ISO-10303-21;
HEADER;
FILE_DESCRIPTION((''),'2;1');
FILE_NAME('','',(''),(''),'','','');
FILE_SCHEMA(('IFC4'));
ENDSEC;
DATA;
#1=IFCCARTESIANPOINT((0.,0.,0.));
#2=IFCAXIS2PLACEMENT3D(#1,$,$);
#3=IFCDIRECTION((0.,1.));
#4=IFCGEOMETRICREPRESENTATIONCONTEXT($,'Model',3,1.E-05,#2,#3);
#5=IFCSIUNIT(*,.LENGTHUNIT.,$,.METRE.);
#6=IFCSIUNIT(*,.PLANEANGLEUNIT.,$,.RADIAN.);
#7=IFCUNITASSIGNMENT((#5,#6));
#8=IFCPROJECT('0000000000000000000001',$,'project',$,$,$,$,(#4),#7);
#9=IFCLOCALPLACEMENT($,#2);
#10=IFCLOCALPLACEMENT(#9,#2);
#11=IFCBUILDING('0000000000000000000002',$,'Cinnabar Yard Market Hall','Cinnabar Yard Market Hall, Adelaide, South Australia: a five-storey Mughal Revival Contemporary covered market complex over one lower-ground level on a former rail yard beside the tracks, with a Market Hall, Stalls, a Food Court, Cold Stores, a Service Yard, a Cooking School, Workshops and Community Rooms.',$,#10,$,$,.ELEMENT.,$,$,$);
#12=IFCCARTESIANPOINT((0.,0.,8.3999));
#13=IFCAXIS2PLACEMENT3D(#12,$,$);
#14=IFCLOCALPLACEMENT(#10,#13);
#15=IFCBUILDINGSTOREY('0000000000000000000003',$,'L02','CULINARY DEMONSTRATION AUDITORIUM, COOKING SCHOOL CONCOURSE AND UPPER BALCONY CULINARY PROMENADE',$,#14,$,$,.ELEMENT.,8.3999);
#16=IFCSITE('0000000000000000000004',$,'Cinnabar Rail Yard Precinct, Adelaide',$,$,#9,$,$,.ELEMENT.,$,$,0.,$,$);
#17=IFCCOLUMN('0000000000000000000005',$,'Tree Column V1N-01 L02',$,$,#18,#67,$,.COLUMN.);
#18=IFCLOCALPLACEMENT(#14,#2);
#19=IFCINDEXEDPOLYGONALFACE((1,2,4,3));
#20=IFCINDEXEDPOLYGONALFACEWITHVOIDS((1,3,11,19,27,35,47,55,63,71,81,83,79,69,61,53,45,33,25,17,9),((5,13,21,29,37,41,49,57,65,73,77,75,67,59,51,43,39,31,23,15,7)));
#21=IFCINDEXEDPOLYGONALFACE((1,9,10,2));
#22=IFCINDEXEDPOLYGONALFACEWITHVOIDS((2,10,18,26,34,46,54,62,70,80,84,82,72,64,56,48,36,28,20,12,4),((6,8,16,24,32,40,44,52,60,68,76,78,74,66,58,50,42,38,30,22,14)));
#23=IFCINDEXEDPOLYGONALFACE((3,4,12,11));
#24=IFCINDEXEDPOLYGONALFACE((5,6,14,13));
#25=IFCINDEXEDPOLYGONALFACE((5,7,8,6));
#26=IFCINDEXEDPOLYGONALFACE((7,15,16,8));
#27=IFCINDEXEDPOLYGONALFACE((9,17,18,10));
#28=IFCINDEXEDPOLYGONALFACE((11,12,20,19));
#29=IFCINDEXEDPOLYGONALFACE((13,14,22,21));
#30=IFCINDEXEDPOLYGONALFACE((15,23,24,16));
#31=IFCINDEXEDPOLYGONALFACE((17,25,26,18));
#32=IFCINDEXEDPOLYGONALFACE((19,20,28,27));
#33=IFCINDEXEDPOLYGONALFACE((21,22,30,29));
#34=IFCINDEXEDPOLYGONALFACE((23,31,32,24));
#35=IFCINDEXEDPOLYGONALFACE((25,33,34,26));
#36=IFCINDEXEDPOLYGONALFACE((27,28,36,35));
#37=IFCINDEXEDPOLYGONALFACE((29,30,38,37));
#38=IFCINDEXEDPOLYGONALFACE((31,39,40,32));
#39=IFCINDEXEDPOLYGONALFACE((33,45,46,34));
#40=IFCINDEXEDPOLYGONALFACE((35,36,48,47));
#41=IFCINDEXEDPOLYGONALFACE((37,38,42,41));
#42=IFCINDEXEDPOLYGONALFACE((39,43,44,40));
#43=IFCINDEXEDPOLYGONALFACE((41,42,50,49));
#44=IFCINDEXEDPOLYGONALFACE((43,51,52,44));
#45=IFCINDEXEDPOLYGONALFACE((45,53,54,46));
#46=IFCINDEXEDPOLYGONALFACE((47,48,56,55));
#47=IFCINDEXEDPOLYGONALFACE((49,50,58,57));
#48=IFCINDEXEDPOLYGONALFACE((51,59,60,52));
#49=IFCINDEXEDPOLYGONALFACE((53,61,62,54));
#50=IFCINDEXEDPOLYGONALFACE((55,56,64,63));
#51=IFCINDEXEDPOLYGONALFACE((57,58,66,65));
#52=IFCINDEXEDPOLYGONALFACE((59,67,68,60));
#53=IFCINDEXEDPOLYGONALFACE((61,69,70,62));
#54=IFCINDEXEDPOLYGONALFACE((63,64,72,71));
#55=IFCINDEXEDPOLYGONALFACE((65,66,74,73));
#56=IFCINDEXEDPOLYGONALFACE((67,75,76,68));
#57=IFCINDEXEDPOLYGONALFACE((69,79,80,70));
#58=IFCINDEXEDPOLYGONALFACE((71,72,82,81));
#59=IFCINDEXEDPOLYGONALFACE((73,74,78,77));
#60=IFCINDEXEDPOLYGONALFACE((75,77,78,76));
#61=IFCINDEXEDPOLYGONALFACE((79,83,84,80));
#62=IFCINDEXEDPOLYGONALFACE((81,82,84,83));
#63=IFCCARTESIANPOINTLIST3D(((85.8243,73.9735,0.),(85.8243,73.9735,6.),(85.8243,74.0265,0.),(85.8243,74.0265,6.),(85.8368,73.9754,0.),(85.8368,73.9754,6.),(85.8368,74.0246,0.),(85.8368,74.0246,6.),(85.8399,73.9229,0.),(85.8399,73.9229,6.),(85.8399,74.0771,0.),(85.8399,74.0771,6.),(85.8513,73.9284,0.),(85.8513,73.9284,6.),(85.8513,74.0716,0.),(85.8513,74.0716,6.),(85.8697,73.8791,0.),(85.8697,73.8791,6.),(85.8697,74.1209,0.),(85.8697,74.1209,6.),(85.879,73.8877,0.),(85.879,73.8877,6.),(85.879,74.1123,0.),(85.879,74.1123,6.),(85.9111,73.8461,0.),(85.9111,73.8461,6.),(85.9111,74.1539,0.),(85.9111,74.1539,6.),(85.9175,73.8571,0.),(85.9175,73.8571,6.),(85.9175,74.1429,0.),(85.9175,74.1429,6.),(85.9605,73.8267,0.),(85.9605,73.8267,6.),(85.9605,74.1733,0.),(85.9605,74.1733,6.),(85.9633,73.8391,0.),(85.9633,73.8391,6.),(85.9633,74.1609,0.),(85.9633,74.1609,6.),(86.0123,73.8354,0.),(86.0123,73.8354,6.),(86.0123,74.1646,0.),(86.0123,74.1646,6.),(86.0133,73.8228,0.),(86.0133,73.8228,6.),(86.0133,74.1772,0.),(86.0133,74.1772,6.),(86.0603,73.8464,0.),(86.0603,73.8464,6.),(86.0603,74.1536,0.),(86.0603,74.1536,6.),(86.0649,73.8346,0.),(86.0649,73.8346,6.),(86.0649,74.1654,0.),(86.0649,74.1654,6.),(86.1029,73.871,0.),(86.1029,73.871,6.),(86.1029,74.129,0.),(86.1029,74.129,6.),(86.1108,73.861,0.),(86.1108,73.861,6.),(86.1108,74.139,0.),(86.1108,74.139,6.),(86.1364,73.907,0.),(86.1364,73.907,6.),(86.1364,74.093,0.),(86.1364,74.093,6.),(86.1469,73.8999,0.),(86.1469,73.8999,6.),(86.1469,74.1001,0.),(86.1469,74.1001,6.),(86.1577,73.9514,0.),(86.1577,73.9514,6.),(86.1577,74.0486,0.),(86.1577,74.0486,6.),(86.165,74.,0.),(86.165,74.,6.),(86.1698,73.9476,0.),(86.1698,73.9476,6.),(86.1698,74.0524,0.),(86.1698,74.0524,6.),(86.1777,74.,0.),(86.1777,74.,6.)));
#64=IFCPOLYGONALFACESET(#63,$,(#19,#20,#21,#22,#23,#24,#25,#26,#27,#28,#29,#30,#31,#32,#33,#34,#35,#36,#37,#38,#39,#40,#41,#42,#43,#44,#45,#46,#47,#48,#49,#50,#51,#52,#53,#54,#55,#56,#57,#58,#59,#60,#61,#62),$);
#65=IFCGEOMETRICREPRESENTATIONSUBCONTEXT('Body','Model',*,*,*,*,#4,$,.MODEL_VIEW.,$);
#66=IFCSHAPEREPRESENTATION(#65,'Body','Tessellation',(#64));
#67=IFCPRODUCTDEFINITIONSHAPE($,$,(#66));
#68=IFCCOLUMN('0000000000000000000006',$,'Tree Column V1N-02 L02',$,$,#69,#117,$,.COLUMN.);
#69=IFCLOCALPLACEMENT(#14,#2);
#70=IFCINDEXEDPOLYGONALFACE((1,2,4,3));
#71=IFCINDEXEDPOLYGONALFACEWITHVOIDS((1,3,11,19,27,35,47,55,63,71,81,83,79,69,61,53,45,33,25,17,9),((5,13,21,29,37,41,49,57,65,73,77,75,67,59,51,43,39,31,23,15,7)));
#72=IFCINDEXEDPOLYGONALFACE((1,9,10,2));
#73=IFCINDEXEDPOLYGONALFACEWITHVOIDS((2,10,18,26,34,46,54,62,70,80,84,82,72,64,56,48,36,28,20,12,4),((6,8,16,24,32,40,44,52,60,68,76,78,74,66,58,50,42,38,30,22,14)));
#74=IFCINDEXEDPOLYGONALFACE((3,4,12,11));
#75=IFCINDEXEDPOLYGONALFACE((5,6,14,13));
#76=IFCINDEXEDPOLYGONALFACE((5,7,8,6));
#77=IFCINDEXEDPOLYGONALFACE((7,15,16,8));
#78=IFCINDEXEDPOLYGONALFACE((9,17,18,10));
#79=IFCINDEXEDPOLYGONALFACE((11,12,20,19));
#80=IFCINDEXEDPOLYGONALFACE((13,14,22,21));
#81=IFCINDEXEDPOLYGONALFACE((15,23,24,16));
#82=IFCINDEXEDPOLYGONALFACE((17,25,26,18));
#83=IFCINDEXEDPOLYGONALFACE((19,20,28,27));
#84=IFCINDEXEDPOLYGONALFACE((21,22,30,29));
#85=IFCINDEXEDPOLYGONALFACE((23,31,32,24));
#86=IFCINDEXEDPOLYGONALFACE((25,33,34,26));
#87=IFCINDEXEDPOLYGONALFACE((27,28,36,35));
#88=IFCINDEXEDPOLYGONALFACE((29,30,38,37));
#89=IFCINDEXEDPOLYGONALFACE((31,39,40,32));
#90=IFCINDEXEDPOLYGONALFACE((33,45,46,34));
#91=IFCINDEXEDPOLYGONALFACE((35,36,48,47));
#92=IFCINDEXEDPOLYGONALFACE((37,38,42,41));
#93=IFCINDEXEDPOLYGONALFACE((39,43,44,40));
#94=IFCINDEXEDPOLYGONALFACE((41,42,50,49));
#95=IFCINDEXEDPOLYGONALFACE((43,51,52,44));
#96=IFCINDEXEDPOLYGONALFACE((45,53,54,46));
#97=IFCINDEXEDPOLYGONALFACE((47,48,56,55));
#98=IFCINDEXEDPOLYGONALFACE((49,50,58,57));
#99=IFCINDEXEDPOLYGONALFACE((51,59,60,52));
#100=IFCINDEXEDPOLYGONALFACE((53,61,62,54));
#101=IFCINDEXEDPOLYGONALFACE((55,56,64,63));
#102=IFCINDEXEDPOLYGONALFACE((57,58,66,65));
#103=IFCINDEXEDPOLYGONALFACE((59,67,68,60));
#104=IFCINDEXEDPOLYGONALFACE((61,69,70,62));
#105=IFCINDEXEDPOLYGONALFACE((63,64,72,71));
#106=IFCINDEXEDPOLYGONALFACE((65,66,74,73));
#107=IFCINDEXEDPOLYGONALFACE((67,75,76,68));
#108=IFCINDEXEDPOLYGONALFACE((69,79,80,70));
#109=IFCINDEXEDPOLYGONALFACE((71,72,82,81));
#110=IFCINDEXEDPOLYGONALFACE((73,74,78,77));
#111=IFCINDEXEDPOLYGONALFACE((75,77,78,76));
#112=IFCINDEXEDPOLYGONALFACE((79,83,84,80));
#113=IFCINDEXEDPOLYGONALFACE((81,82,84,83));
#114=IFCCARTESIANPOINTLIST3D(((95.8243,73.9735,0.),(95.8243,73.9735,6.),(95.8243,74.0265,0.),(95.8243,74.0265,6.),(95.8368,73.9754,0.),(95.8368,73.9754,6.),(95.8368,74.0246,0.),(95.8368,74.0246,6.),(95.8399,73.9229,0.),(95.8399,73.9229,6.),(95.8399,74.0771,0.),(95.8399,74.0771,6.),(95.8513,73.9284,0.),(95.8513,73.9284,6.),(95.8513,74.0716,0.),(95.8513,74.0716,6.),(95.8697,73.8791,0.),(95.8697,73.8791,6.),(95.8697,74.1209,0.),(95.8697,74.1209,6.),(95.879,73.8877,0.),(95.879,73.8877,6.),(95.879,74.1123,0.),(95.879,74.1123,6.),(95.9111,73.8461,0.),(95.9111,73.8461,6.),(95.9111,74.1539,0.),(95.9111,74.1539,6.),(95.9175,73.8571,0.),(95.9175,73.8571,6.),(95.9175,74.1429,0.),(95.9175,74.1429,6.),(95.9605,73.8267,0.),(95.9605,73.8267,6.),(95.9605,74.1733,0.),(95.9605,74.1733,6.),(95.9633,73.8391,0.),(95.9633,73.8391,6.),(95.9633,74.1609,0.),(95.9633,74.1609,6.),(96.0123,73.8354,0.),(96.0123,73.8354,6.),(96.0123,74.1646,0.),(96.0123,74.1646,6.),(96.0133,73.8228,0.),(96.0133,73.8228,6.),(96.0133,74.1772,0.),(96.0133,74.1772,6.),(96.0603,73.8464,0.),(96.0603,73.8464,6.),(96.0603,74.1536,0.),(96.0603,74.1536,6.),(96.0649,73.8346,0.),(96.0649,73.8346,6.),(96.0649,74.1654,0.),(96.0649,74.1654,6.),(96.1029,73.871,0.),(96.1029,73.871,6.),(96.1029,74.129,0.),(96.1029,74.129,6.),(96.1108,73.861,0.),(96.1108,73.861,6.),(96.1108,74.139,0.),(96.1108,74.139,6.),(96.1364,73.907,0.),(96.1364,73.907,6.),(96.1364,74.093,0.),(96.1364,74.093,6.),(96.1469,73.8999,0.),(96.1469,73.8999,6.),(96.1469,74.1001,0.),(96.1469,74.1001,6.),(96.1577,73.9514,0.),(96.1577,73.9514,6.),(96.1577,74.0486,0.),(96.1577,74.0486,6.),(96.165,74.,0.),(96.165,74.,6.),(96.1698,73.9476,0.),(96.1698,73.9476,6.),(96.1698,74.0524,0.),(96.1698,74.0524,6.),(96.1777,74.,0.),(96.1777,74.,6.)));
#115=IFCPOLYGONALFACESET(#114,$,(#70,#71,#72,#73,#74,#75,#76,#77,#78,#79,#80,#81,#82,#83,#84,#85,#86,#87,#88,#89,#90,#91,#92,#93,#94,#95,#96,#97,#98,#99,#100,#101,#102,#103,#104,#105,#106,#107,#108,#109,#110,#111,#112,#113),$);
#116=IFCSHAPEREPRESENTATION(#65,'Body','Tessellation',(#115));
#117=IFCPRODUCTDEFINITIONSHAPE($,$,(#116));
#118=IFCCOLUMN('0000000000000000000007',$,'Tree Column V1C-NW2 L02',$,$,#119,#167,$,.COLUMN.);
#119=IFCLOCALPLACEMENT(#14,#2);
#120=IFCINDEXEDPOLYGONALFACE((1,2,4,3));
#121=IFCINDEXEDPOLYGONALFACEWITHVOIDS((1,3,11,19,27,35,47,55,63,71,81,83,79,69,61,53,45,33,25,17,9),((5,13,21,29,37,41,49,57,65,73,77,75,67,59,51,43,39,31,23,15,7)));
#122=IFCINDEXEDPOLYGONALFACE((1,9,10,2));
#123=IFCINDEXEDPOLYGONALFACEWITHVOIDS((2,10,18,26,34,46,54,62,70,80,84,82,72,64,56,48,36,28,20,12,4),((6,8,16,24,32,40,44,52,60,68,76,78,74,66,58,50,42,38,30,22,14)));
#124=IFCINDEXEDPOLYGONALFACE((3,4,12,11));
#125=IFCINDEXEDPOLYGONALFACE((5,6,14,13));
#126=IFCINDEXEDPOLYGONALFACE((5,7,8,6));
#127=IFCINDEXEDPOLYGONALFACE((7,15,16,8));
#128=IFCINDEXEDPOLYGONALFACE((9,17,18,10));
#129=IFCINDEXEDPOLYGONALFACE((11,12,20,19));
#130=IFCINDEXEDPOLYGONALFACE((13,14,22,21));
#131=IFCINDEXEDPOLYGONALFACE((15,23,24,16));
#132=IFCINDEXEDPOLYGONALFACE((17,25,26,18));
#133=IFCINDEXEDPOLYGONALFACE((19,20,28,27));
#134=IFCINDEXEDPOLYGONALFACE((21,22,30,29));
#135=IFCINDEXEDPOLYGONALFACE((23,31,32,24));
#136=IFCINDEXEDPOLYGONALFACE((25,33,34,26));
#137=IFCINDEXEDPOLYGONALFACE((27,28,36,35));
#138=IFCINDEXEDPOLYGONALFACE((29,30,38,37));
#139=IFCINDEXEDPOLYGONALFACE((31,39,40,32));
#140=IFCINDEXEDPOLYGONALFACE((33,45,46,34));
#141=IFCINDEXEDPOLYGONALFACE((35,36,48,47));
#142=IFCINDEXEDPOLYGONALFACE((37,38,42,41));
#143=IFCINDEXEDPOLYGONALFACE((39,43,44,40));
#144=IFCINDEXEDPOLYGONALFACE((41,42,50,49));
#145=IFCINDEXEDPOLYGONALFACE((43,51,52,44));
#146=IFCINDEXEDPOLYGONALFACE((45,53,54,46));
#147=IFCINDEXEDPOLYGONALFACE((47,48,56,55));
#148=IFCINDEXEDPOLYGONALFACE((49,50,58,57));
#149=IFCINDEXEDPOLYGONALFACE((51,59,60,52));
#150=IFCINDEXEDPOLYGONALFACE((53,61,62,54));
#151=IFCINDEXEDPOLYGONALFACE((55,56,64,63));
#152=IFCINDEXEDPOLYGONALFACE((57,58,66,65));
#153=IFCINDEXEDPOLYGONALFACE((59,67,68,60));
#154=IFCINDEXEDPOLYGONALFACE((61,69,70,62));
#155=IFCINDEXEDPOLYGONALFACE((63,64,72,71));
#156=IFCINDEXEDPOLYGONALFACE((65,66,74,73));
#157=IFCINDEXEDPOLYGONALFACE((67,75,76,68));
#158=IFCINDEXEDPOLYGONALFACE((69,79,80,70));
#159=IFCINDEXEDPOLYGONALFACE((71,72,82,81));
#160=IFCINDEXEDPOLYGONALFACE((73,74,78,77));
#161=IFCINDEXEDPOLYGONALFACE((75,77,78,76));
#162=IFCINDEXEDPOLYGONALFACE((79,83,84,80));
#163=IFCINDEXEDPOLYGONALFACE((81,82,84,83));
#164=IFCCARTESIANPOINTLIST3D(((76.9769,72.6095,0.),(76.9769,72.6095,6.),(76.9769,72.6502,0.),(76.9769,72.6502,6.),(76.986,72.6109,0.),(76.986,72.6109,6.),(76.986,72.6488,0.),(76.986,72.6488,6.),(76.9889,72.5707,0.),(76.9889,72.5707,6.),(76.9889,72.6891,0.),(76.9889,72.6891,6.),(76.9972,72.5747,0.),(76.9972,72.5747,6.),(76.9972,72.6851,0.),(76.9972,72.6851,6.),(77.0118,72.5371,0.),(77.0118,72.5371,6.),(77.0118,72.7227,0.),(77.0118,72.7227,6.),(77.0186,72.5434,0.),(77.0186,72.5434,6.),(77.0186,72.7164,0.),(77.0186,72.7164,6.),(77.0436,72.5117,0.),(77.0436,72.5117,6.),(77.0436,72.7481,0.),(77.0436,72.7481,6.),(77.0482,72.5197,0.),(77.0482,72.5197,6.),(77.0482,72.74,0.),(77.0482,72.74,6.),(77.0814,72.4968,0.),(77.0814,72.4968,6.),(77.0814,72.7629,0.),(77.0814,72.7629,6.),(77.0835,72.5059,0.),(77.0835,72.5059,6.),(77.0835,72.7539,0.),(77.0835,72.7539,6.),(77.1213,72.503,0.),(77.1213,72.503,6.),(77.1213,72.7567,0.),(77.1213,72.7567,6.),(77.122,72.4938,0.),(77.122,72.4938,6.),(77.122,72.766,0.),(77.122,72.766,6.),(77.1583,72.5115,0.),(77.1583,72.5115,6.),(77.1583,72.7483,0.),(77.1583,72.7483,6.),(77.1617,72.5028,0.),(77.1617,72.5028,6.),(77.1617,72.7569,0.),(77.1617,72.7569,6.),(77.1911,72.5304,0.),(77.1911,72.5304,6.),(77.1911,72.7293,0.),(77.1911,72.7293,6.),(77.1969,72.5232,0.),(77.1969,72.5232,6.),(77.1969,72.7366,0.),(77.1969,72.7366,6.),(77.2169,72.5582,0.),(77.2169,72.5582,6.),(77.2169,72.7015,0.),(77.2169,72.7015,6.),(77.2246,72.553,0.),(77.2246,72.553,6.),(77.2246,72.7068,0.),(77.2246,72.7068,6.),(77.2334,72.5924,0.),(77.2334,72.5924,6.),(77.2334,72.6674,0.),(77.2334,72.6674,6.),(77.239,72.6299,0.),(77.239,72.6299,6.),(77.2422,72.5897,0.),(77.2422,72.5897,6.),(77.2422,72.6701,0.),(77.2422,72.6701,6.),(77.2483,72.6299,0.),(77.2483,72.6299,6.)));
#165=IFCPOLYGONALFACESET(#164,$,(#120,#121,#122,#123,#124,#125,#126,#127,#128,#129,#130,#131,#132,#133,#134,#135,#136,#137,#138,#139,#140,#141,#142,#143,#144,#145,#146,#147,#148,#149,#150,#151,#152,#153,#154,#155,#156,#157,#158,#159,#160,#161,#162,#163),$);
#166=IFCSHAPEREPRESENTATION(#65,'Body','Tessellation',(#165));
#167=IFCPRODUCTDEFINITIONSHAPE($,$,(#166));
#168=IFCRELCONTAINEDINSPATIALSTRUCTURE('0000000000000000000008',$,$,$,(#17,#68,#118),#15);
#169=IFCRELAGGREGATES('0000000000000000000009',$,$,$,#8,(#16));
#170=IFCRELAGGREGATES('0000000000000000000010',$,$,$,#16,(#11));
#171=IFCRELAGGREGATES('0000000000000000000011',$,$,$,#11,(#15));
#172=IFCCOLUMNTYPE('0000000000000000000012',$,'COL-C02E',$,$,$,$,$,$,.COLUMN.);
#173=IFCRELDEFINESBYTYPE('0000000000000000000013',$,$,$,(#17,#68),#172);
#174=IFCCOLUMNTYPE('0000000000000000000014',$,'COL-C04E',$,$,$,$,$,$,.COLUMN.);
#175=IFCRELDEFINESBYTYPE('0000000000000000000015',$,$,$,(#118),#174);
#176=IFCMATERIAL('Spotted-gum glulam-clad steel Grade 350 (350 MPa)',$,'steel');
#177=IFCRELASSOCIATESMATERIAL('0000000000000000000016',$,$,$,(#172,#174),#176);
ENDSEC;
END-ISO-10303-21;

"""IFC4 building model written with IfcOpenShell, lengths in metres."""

from ifc_helpers import new_model, si_unit, direction, frame, origin, origin_2d_with_axis, place, context, subcontext, project, spatial, hollow_circle, extrude, material, material_profile, profile_set, type_object, element, save


model = new_model("IFC4")

# Units and contexts
model_context = context("Model", 3, precision=1e-05, world=origin(), true_north=direction((0.0, 1.0)))
body_context = subcontext(model_context, "Body", "Model", "MODEL_VIEW")
ifc_project = project(units=[si_unit("LENGTHUNIT", "METRE"), si_unit("PLANEANGLEUNIT", "RADIAN")], contexts=[model_context])

# Site, building, storey
site_placement = place(None, origin())
site = spatial("IfcSite", under=ifc_project, at=site_placement, Name="Cinnabar Rail Yard Precinct, Adelaide", CompositionType="ELEMENT", RefElevation=0.0)
building_placement = place(site_placement, origin())
building = spatial("IfcBuilding", under=site, at=building_placement, Name="Cinnabar Yard Market Hall", Description="Cinnabar Yard Market Hall, Adelaide, South Australia: a five-storey Mughal Revival Contemporary covered market complex over one lower-ground level on a former rail yard beside the tracks, with a Market Hall, Stalls, a Food Court, Cold Stores, a Service Yard, a Cooking School, Workshops and Community Rooms.", CompositionType="ELEMENT")
storey_placement = place(building_placement, frame((0.0, 0.0, 8.3999)))
storey = spatial("IfcBuildingStorey", under=building, at=storey_placement, Name="L02", Description="CULINARY DEMONSTRATION AUDITORIUM, COOKING SCHOOL CONCOURSE AND UPPER BALCONY CULINARY PROMENADE", CompositionType="ELEMENT", Elevation=8.3999)

# Columns
ifc_material_1 = material(Name="Spotted-gum glulam-clad steel Grade 350 (350 MPa)", Category="steel")
ifc_material_profile_1 = material_profile(ifc_material_1, hollow_circle(Radius=0.1777, WallThickness=0.0127, at=origin_2d_with_axis()), Name="355.6x12.7CHS")
ifc_profile_set_1 = profile_set([ifc_material_profile_1], Name="Spotted-gum glulam-clad steel Grade 350 (350 MPa)")
column_type_1 = type_object("IfcColumnType", Name="COL-C02E", PredefinedType="COLUMN", material=ifc_profile_set_1)
for number, where, z_axis, x_axis, name in (
    (1, (86.0, 74.0, 0.0), (0.0, 0.0, 1.0), (1.0, 0.0, 0.0), "Tree Column V1N-01 L02"),
    (2, (96.0, 74.0, 0.0), (0.0, 0.0, 1.0), (1.0, 0.0, 0.0), "Tree Column V1N-02 L02"),
):
    element("IfcColumn", number, at=place(storey_placement, frame(where, z_axis=z_axis, x_axis=x_axis)), inside=storey, type_object=column_type_1, Name=name, PredefinedType="COLUMN", context=body_context, shape_type="SweptSolid", body=[
        extrude(hollow_circle(Radius=0.1777, WallThickness=0.0127, at=origin_2d_with_axis()), origin(), (0.0, 0.0, 1.0), 6.0),
    ])
ifc_material_profile_2 = material_profile(ifc_material_1, hollow_circle(Radius=0.1365, WallThickness=0.0093, at=origin_2d_with_axis()), Name="273.1x9.3CHS")
ifc_profile_set_2 = profile_set([ifc_material_profile_2], Name="Spotted-gum glulam-clad steel Grade 350 (350 MPa)")
column_type_2 = type_object("IfcColumnType", Name="COL-C04E", PredefinedType="COLUMN", material=ifc_profile_set_2)
column_placement = place(storey_placement, frame((77.1118, 72.6299, 0.0), z_axis=(0.0, 0.0, 1.0), x_axis=(1.0, 0.0, 0.0)))
element("IfcColumn", 3, at=column_placement, inside=storey, type_object=column_type_2, Name="Tree Column V1C-NW2 L02", PredefinedType="COLUMN", context=body_context, shape_type="SweptSolid", body=[
    extrude(hollow_circle(Radius=0.1365, WallThickness=0.0093, at=origin_2d_with_axis()), origin(), (0.0, 0.0, 1.0), 6.0),
])

save(model, "model.ifc")
